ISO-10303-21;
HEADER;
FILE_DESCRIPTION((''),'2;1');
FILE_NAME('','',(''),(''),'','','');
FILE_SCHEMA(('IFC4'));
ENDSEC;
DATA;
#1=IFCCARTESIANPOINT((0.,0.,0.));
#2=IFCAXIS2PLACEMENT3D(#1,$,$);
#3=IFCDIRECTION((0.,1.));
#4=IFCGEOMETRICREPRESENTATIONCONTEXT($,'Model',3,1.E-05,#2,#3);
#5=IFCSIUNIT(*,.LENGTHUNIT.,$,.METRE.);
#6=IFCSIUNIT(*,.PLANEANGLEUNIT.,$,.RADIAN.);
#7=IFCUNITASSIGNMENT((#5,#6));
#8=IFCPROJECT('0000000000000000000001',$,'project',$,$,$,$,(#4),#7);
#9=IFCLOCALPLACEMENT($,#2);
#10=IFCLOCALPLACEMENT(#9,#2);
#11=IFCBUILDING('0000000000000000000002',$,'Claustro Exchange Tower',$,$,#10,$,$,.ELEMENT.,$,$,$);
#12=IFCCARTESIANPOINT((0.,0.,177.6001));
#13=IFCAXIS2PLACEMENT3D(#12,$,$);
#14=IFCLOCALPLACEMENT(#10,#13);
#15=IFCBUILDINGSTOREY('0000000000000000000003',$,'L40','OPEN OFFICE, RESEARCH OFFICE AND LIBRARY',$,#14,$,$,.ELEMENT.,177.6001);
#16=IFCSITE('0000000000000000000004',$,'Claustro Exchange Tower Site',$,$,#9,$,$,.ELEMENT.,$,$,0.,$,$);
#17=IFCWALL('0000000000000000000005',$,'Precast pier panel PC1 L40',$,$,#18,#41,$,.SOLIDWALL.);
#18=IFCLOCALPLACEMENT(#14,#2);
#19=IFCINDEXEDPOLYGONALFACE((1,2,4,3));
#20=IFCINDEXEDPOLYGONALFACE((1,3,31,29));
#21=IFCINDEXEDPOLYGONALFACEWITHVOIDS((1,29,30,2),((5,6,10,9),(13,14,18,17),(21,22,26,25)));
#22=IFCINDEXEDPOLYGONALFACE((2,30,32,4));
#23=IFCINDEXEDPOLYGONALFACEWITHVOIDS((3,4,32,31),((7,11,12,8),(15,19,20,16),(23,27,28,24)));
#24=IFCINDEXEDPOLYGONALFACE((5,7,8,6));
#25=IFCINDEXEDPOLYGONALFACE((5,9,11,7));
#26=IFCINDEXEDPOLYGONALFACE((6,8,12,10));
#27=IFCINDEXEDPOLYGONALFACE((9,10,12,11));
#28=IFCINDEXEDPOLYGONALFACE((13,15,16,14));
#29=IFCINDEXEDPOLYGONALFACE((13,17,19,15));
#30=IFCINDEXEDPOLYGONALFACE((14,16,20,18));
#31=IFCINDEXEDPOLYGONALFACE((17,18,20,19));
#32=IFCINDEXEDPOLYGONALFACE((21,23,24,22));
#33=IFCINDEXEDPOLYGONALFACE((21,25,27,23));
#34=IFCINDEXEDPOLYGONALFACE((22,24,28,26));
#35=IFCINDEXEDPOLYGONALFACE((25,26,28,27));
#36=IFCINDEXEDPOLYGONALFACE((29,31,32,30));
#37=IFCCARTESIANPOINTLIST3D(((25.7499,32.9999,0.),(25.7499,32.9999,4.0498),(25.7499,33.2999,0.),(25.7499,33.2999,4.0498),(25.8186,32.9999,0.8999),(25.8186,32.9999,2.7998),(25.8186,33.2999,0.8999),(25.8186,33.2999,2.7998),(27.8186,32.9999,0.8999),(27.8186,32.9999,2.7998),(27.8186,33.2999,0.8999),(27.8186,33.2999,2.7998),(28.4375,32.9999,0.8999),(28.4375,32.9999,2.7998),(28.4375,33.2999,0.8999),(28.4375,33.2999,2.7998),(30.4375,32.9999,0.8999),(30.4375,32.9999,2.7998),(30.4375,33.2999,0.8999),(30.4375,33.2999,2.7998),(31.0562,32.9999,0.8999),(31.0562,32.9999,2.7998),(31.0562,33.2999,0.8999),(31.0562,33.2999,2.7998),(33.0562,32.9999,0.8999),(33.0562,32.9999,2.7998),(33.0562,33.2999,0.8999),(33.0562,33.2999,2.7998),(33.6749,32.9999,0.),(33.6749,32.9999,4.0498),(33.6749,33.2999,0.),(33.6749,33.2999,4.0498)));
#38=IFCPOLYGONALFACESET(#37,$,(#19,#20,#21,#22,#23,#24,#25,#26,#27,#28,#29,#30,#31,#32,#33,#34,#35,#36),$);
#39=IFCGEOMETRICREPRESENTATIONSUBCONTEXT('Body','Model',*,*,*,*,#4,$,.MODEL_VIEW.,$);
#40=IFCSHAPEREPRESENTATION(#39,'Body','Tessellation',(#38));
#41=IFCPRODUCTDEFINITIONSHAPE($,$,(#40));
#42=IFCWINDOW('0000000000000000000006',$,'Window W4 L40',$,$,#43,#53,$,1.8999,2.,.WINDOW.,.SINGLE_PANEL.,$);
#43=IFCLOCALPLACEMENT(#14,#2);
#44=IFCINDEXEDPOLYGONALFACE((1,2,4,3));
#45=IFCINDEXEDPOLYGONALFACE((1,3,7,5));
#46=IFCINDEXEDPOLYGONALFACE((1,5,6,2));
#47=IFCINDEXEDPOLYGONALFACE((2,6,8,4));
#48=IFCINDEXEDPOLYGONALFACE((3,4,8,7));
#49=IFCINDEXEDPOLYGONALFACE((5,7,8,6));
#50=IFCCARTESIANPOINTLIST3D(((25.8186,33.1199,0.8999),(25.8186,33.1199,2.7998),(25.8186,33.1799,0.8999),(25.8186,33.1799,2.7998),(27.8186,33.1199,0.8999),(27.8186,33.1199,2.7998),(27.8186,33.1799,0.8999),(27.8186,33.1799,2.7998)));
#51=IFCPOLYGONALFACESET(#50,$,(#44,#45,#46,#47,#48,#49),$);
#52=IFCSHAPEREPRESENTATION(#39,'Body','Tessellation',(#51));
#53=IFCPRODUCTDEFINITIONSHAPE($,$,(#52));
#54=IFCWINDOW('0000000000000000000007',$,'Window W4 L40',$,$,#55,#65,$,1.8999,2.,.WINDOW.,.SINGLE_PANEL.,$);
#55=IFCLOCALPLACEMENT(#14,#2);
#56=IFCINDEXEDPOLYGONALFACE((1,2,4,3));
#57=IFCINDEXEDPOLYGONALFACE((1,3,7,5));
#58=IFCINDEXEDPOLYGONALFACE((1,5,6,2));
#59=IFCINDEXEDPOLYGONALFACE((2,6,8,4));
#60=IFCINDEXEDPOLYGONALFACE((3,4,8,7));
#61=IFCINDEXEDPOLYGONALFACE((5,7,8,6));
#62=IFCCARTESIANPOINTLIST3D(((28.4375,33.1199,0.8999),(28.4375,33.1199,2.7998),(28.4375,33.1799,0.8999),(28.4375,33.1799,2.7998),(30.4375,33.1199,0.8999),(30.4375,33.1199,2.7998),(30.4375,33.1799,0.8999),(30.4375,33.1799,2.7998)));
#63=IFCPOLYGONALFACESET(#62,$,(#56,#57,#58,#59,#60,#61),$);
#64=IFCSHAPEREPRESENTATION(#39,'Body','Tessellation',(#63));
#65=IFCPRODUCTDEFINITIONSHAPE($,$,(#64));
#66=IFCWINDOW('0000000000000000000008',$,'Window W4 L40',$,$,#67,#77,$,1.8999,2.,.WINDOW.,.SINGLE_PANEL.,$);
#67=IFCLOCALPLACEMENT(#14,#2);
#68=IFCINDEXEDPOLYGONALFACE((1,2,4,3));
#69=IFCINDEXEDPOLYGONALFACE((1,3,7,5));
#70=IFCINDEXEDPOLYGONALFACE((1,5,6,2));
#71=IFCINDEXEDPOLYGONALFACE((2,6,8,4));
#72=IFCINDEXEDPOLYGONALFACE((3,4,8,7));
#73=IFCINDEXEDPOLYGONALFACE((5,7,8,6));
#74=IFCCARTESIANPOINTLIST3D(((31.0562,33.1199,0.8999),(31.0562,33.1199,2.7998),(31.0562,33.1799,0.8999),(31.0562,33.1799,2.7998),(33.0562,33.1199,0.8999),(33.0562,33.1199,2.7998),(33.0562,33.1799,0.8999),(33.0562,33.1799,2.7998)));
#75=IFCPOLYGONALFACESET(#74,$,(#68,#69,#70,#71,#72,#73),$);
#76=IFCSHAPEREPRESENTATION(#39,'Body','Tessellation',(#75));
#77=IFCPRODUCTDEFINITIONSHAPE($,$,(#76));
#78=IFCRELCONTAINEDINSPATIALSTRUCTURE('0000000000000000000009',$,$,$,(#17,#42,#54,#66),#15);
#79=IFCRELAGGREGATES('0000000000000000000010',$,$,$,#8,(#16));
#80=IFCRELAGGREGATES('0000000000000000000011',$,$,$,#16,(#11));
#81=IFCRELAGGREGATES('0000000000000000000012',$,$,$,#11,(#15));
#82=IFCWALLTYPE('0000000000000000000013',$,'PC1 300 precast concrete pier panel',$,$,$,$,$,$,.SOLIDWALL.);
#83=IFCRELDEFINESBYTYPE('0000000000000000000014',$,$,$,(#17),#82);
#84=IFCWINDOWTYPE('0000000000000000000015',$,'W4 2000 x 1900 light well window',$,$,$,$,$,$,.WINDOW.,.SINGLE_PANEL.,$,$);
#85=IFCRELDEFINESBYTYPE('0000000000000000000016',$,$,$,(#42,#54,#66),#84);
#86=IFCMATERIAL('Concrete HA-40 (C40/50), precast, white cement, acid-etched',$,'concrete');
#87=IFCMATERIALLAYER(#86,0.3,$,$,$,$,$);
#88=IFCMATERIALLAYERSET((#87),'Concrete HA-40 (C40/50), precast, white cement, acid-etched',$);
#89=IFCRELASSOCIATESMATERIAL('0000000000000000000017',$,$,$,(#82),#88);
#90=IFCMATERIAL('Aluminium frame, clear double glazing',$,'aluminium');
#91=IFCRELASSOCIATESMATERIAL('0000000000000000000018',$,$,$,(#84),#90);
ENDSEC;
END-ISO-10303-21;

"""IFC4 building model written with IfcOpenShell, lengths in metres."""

from ifc_helpers import new_model, si_unit, direction, frame, frame_2d, origin, place, context, subcontext, project, spatial, rectangle, extrude, material, layer, layer_set, type_object, element, fill, save


model = new_model("IFC4")

# Units and contexts
model_context = context("Model", 3, precision=1e-05, world=origin(), true_north=direction((0.0, 1.0)))
body_context = subcontext(model_context, "Body", "Model", "MODEL_VIEW")
ifc_project = project(units=[si_unit("LENGTHUNIT", "METRE"), si_unit("PLANEANGLEUNIT", "RADIAN")], contexts=[model_context])

# Site, building, storey
site_placement = place(None, origin())
site = spatial("IfcSite", under=ifc_project, at=site_placement, Name="Claustro Exchange Tower Site", CompositionType="ELEMENT", RefElevation=0.0)
building_placement = place(site_placement, origin())
building = spatial("IfcBuilding", under=site, at=building_placement, Name="Claustro Exchange Tower", CompositionType="ELEMENT")
storey_placement = place(building_placement, frame((0.0, 0.0, 177.6001)))
storey = spatial("IfcBuildingStorey", under=building, at=storey_placement, Name="L40", Description="OPEN OFFICE, RESEARCH OFFICE AND LIBRARY", CompositionType="ELEMENT", Elevation=177.6001)

# Wall, openings, windows
ifc_material_1 = material(Name="Concrete HA-40 (C40/50), precast, white cement, acid-etched", Category="concrete")
ifc_layer_1 = layer(ifc_material_1, 0.3)
ifc_layer_set_1 = layer_set([ifc_layer_1], Name="Concrete HA-40 (C40/50), precast, white cement, acid-etched")
wall_type_1 = type_object("IfcWallType", Name="PC1 300 precast concrete pier panel", PredefinedType="SOLIDWALL", material=ifc_layer_set_1)
wall_1_placement = place(storey_placement, frame((25.75, 33.1499, 0.0), z_axis=(0.0, 0.0, 1.0), x_axis=(1.0, 0.0, 0.0)))
wall_1 = element("IfcWall", 1, at=wall_1_placement, inside=storey, type_object=wall_type_1, Name="Precast pier panel PC1 L40", PredefinedType="SOLIDWALL", context=body_context, shape_type="SweptSolid", body=[
    extrude(rectangle(XDim=7.925, YDim=0.3, at=frame_2d((3.9624, 0.0))), origin(), (0.0, 0.0, 1.0), 4.0498),
])
opening_1_placement = place(wall_1_placement, frame((0.0686, 0.0, 0.8999)))
opening_1 = element("IfcOpeningElement", 2, at=opening_1_placement, cuts=wall_1, PredefinedType="OPENING", context=body_context, shape_type="SweptSolid", body=[
    extrude(rectangle(XDim=2.0, YDim=1.8999, at=frame_2d((1.0, 0.95))), frame((0.0, 0.1599, 0.0), z_axis=(0.0, -1.0, 0.0), x_axis=(1.0, 0.0, 0.0)), (0.0, 0.0, 1.0), 0.3201),
])
opening_2_placement = place(wall_1_placement, frame((2.6875, 0.0, 0.8999)))
opening_2 = element("IfcOpeningElement", 3, at=opening_2_placement, cuts=wall_1, PredefinedType="OPENING", context=body_context, shape_type="SweptSolid", body=[
    extrude(rectangle(XDim=2.0, YDim=1.8999, at=frame_2d((1.0, 0.95))), frame((0.0, 0.1599, 0.0), z_axis=(0.0, -1.0, 0.0), x_axis=(1.0, 0.0, 0.0)), (0.0, 0.0, 1.0), 0.3201),
])
opening_3_placement = place(wall_1_placement, frame((5.3062, 0.0, 0.8999)))
opening_3 = element("IfcOpeningElement", 4, at=opening_3_placement, cuts=wall_1, PredefinedType="OPENING", context=body_context, shape_type="SweptSolid", body=[
    extrude(rectangle(XDim=2.0, YDim=1.8999, at=frame_2d((1.0, 0.95))), frame((0.0, 0.1599, 0.0), z_axis=(0.0, -1.0, 0.0), x_axis=(1.0, 0.0, 0.0)), (0.0, 0.0, 1.0), 0.3201),
])
ifc_material_2 = material(Name="Aluminium frame, clear double glazing", Category="aluminium")
window_type_1 = type_object("IfcWindowType", Name="W4 2000 x 1900 light well window", PartitioningType="SINGLE_PANEL", PredefinedType="WINDOW", material=ifc_material_2)
window_1_placement = place(opening_1_placement, origin())
window_1 = element("IfcWindow", 5, at=window_1_placement, inside=storey, type_object=window_type_1, Name="Window W4 L40", OverallHeight=1.8999, OverallWidth=2.0, PartitioningType="SINGLE_PANEL", PredefinedType="WINDOW", context=body_context, shape_type="SweptSolid", body=[
    extrude(rectangle(XDim=2.0, YDim=1.8999, at=frame_2d((1.0, 0.95))), frame((0.0, 0.03, 0.0), z_axis=(0.0, -1.0, 0.0), x_axis=(1.0, 0.0, 0.0)), (0.0, 0.0, 1.0), 0.0601),
])
fill(opening_1, window_1)
window_2_placement = place(opening_2_placement, origin())
window_2 = element("IfcWindow", 6, at=window_2_placement, inside=storey, type_object=window_type_1, Name="Window W4 L40", OverallHeight=1.8999, OverallWidth=2.0, PartitioningType="SINGLE_PANEL", PredefinedType="WINDOW", context=body_context, shape_type="SweptSolid", body=[
    extrude(rectangle(XDim=2.0, YDim=1.8999, at=frame_2d((1.0, 0.95))), frame((0.0, 0.03, 0.0), z_axis=(0.0, -1.0, 0.0), x_axis=(1.0, 0.0, 0.0)), (0.0, 0.0, 1.0), 0.0601),
])
fill(opening_2, window_2)
window_3_placement = place(opening_3_placement, origin())
window_3 = element("IfcWindow", 7, at=window_3_placement, inside=storey, type_object=window_type_1, Name="Window W4 L40", OverallHeight=1.8999, OverallWidth=2.0, PartitioningType="SINGLE_PANEL", PredefinedType="WINDOW", context=body_context, shape_type="SweptSolid", body=[
    extrude(rectangle(XDim=2.0, YDim=1.8999, at=frame_2d((1.0, 0.95))), frame((0.0, 0.03, 0.0), z_axis=(0.0, -1.0, 0.0), x_axis=(1.0, 0.0, 0.0)), (0.0, 0.0, 1.0), 0.0601),
])
fill(opening_3, window_3)

save(model, "model.ifc")
